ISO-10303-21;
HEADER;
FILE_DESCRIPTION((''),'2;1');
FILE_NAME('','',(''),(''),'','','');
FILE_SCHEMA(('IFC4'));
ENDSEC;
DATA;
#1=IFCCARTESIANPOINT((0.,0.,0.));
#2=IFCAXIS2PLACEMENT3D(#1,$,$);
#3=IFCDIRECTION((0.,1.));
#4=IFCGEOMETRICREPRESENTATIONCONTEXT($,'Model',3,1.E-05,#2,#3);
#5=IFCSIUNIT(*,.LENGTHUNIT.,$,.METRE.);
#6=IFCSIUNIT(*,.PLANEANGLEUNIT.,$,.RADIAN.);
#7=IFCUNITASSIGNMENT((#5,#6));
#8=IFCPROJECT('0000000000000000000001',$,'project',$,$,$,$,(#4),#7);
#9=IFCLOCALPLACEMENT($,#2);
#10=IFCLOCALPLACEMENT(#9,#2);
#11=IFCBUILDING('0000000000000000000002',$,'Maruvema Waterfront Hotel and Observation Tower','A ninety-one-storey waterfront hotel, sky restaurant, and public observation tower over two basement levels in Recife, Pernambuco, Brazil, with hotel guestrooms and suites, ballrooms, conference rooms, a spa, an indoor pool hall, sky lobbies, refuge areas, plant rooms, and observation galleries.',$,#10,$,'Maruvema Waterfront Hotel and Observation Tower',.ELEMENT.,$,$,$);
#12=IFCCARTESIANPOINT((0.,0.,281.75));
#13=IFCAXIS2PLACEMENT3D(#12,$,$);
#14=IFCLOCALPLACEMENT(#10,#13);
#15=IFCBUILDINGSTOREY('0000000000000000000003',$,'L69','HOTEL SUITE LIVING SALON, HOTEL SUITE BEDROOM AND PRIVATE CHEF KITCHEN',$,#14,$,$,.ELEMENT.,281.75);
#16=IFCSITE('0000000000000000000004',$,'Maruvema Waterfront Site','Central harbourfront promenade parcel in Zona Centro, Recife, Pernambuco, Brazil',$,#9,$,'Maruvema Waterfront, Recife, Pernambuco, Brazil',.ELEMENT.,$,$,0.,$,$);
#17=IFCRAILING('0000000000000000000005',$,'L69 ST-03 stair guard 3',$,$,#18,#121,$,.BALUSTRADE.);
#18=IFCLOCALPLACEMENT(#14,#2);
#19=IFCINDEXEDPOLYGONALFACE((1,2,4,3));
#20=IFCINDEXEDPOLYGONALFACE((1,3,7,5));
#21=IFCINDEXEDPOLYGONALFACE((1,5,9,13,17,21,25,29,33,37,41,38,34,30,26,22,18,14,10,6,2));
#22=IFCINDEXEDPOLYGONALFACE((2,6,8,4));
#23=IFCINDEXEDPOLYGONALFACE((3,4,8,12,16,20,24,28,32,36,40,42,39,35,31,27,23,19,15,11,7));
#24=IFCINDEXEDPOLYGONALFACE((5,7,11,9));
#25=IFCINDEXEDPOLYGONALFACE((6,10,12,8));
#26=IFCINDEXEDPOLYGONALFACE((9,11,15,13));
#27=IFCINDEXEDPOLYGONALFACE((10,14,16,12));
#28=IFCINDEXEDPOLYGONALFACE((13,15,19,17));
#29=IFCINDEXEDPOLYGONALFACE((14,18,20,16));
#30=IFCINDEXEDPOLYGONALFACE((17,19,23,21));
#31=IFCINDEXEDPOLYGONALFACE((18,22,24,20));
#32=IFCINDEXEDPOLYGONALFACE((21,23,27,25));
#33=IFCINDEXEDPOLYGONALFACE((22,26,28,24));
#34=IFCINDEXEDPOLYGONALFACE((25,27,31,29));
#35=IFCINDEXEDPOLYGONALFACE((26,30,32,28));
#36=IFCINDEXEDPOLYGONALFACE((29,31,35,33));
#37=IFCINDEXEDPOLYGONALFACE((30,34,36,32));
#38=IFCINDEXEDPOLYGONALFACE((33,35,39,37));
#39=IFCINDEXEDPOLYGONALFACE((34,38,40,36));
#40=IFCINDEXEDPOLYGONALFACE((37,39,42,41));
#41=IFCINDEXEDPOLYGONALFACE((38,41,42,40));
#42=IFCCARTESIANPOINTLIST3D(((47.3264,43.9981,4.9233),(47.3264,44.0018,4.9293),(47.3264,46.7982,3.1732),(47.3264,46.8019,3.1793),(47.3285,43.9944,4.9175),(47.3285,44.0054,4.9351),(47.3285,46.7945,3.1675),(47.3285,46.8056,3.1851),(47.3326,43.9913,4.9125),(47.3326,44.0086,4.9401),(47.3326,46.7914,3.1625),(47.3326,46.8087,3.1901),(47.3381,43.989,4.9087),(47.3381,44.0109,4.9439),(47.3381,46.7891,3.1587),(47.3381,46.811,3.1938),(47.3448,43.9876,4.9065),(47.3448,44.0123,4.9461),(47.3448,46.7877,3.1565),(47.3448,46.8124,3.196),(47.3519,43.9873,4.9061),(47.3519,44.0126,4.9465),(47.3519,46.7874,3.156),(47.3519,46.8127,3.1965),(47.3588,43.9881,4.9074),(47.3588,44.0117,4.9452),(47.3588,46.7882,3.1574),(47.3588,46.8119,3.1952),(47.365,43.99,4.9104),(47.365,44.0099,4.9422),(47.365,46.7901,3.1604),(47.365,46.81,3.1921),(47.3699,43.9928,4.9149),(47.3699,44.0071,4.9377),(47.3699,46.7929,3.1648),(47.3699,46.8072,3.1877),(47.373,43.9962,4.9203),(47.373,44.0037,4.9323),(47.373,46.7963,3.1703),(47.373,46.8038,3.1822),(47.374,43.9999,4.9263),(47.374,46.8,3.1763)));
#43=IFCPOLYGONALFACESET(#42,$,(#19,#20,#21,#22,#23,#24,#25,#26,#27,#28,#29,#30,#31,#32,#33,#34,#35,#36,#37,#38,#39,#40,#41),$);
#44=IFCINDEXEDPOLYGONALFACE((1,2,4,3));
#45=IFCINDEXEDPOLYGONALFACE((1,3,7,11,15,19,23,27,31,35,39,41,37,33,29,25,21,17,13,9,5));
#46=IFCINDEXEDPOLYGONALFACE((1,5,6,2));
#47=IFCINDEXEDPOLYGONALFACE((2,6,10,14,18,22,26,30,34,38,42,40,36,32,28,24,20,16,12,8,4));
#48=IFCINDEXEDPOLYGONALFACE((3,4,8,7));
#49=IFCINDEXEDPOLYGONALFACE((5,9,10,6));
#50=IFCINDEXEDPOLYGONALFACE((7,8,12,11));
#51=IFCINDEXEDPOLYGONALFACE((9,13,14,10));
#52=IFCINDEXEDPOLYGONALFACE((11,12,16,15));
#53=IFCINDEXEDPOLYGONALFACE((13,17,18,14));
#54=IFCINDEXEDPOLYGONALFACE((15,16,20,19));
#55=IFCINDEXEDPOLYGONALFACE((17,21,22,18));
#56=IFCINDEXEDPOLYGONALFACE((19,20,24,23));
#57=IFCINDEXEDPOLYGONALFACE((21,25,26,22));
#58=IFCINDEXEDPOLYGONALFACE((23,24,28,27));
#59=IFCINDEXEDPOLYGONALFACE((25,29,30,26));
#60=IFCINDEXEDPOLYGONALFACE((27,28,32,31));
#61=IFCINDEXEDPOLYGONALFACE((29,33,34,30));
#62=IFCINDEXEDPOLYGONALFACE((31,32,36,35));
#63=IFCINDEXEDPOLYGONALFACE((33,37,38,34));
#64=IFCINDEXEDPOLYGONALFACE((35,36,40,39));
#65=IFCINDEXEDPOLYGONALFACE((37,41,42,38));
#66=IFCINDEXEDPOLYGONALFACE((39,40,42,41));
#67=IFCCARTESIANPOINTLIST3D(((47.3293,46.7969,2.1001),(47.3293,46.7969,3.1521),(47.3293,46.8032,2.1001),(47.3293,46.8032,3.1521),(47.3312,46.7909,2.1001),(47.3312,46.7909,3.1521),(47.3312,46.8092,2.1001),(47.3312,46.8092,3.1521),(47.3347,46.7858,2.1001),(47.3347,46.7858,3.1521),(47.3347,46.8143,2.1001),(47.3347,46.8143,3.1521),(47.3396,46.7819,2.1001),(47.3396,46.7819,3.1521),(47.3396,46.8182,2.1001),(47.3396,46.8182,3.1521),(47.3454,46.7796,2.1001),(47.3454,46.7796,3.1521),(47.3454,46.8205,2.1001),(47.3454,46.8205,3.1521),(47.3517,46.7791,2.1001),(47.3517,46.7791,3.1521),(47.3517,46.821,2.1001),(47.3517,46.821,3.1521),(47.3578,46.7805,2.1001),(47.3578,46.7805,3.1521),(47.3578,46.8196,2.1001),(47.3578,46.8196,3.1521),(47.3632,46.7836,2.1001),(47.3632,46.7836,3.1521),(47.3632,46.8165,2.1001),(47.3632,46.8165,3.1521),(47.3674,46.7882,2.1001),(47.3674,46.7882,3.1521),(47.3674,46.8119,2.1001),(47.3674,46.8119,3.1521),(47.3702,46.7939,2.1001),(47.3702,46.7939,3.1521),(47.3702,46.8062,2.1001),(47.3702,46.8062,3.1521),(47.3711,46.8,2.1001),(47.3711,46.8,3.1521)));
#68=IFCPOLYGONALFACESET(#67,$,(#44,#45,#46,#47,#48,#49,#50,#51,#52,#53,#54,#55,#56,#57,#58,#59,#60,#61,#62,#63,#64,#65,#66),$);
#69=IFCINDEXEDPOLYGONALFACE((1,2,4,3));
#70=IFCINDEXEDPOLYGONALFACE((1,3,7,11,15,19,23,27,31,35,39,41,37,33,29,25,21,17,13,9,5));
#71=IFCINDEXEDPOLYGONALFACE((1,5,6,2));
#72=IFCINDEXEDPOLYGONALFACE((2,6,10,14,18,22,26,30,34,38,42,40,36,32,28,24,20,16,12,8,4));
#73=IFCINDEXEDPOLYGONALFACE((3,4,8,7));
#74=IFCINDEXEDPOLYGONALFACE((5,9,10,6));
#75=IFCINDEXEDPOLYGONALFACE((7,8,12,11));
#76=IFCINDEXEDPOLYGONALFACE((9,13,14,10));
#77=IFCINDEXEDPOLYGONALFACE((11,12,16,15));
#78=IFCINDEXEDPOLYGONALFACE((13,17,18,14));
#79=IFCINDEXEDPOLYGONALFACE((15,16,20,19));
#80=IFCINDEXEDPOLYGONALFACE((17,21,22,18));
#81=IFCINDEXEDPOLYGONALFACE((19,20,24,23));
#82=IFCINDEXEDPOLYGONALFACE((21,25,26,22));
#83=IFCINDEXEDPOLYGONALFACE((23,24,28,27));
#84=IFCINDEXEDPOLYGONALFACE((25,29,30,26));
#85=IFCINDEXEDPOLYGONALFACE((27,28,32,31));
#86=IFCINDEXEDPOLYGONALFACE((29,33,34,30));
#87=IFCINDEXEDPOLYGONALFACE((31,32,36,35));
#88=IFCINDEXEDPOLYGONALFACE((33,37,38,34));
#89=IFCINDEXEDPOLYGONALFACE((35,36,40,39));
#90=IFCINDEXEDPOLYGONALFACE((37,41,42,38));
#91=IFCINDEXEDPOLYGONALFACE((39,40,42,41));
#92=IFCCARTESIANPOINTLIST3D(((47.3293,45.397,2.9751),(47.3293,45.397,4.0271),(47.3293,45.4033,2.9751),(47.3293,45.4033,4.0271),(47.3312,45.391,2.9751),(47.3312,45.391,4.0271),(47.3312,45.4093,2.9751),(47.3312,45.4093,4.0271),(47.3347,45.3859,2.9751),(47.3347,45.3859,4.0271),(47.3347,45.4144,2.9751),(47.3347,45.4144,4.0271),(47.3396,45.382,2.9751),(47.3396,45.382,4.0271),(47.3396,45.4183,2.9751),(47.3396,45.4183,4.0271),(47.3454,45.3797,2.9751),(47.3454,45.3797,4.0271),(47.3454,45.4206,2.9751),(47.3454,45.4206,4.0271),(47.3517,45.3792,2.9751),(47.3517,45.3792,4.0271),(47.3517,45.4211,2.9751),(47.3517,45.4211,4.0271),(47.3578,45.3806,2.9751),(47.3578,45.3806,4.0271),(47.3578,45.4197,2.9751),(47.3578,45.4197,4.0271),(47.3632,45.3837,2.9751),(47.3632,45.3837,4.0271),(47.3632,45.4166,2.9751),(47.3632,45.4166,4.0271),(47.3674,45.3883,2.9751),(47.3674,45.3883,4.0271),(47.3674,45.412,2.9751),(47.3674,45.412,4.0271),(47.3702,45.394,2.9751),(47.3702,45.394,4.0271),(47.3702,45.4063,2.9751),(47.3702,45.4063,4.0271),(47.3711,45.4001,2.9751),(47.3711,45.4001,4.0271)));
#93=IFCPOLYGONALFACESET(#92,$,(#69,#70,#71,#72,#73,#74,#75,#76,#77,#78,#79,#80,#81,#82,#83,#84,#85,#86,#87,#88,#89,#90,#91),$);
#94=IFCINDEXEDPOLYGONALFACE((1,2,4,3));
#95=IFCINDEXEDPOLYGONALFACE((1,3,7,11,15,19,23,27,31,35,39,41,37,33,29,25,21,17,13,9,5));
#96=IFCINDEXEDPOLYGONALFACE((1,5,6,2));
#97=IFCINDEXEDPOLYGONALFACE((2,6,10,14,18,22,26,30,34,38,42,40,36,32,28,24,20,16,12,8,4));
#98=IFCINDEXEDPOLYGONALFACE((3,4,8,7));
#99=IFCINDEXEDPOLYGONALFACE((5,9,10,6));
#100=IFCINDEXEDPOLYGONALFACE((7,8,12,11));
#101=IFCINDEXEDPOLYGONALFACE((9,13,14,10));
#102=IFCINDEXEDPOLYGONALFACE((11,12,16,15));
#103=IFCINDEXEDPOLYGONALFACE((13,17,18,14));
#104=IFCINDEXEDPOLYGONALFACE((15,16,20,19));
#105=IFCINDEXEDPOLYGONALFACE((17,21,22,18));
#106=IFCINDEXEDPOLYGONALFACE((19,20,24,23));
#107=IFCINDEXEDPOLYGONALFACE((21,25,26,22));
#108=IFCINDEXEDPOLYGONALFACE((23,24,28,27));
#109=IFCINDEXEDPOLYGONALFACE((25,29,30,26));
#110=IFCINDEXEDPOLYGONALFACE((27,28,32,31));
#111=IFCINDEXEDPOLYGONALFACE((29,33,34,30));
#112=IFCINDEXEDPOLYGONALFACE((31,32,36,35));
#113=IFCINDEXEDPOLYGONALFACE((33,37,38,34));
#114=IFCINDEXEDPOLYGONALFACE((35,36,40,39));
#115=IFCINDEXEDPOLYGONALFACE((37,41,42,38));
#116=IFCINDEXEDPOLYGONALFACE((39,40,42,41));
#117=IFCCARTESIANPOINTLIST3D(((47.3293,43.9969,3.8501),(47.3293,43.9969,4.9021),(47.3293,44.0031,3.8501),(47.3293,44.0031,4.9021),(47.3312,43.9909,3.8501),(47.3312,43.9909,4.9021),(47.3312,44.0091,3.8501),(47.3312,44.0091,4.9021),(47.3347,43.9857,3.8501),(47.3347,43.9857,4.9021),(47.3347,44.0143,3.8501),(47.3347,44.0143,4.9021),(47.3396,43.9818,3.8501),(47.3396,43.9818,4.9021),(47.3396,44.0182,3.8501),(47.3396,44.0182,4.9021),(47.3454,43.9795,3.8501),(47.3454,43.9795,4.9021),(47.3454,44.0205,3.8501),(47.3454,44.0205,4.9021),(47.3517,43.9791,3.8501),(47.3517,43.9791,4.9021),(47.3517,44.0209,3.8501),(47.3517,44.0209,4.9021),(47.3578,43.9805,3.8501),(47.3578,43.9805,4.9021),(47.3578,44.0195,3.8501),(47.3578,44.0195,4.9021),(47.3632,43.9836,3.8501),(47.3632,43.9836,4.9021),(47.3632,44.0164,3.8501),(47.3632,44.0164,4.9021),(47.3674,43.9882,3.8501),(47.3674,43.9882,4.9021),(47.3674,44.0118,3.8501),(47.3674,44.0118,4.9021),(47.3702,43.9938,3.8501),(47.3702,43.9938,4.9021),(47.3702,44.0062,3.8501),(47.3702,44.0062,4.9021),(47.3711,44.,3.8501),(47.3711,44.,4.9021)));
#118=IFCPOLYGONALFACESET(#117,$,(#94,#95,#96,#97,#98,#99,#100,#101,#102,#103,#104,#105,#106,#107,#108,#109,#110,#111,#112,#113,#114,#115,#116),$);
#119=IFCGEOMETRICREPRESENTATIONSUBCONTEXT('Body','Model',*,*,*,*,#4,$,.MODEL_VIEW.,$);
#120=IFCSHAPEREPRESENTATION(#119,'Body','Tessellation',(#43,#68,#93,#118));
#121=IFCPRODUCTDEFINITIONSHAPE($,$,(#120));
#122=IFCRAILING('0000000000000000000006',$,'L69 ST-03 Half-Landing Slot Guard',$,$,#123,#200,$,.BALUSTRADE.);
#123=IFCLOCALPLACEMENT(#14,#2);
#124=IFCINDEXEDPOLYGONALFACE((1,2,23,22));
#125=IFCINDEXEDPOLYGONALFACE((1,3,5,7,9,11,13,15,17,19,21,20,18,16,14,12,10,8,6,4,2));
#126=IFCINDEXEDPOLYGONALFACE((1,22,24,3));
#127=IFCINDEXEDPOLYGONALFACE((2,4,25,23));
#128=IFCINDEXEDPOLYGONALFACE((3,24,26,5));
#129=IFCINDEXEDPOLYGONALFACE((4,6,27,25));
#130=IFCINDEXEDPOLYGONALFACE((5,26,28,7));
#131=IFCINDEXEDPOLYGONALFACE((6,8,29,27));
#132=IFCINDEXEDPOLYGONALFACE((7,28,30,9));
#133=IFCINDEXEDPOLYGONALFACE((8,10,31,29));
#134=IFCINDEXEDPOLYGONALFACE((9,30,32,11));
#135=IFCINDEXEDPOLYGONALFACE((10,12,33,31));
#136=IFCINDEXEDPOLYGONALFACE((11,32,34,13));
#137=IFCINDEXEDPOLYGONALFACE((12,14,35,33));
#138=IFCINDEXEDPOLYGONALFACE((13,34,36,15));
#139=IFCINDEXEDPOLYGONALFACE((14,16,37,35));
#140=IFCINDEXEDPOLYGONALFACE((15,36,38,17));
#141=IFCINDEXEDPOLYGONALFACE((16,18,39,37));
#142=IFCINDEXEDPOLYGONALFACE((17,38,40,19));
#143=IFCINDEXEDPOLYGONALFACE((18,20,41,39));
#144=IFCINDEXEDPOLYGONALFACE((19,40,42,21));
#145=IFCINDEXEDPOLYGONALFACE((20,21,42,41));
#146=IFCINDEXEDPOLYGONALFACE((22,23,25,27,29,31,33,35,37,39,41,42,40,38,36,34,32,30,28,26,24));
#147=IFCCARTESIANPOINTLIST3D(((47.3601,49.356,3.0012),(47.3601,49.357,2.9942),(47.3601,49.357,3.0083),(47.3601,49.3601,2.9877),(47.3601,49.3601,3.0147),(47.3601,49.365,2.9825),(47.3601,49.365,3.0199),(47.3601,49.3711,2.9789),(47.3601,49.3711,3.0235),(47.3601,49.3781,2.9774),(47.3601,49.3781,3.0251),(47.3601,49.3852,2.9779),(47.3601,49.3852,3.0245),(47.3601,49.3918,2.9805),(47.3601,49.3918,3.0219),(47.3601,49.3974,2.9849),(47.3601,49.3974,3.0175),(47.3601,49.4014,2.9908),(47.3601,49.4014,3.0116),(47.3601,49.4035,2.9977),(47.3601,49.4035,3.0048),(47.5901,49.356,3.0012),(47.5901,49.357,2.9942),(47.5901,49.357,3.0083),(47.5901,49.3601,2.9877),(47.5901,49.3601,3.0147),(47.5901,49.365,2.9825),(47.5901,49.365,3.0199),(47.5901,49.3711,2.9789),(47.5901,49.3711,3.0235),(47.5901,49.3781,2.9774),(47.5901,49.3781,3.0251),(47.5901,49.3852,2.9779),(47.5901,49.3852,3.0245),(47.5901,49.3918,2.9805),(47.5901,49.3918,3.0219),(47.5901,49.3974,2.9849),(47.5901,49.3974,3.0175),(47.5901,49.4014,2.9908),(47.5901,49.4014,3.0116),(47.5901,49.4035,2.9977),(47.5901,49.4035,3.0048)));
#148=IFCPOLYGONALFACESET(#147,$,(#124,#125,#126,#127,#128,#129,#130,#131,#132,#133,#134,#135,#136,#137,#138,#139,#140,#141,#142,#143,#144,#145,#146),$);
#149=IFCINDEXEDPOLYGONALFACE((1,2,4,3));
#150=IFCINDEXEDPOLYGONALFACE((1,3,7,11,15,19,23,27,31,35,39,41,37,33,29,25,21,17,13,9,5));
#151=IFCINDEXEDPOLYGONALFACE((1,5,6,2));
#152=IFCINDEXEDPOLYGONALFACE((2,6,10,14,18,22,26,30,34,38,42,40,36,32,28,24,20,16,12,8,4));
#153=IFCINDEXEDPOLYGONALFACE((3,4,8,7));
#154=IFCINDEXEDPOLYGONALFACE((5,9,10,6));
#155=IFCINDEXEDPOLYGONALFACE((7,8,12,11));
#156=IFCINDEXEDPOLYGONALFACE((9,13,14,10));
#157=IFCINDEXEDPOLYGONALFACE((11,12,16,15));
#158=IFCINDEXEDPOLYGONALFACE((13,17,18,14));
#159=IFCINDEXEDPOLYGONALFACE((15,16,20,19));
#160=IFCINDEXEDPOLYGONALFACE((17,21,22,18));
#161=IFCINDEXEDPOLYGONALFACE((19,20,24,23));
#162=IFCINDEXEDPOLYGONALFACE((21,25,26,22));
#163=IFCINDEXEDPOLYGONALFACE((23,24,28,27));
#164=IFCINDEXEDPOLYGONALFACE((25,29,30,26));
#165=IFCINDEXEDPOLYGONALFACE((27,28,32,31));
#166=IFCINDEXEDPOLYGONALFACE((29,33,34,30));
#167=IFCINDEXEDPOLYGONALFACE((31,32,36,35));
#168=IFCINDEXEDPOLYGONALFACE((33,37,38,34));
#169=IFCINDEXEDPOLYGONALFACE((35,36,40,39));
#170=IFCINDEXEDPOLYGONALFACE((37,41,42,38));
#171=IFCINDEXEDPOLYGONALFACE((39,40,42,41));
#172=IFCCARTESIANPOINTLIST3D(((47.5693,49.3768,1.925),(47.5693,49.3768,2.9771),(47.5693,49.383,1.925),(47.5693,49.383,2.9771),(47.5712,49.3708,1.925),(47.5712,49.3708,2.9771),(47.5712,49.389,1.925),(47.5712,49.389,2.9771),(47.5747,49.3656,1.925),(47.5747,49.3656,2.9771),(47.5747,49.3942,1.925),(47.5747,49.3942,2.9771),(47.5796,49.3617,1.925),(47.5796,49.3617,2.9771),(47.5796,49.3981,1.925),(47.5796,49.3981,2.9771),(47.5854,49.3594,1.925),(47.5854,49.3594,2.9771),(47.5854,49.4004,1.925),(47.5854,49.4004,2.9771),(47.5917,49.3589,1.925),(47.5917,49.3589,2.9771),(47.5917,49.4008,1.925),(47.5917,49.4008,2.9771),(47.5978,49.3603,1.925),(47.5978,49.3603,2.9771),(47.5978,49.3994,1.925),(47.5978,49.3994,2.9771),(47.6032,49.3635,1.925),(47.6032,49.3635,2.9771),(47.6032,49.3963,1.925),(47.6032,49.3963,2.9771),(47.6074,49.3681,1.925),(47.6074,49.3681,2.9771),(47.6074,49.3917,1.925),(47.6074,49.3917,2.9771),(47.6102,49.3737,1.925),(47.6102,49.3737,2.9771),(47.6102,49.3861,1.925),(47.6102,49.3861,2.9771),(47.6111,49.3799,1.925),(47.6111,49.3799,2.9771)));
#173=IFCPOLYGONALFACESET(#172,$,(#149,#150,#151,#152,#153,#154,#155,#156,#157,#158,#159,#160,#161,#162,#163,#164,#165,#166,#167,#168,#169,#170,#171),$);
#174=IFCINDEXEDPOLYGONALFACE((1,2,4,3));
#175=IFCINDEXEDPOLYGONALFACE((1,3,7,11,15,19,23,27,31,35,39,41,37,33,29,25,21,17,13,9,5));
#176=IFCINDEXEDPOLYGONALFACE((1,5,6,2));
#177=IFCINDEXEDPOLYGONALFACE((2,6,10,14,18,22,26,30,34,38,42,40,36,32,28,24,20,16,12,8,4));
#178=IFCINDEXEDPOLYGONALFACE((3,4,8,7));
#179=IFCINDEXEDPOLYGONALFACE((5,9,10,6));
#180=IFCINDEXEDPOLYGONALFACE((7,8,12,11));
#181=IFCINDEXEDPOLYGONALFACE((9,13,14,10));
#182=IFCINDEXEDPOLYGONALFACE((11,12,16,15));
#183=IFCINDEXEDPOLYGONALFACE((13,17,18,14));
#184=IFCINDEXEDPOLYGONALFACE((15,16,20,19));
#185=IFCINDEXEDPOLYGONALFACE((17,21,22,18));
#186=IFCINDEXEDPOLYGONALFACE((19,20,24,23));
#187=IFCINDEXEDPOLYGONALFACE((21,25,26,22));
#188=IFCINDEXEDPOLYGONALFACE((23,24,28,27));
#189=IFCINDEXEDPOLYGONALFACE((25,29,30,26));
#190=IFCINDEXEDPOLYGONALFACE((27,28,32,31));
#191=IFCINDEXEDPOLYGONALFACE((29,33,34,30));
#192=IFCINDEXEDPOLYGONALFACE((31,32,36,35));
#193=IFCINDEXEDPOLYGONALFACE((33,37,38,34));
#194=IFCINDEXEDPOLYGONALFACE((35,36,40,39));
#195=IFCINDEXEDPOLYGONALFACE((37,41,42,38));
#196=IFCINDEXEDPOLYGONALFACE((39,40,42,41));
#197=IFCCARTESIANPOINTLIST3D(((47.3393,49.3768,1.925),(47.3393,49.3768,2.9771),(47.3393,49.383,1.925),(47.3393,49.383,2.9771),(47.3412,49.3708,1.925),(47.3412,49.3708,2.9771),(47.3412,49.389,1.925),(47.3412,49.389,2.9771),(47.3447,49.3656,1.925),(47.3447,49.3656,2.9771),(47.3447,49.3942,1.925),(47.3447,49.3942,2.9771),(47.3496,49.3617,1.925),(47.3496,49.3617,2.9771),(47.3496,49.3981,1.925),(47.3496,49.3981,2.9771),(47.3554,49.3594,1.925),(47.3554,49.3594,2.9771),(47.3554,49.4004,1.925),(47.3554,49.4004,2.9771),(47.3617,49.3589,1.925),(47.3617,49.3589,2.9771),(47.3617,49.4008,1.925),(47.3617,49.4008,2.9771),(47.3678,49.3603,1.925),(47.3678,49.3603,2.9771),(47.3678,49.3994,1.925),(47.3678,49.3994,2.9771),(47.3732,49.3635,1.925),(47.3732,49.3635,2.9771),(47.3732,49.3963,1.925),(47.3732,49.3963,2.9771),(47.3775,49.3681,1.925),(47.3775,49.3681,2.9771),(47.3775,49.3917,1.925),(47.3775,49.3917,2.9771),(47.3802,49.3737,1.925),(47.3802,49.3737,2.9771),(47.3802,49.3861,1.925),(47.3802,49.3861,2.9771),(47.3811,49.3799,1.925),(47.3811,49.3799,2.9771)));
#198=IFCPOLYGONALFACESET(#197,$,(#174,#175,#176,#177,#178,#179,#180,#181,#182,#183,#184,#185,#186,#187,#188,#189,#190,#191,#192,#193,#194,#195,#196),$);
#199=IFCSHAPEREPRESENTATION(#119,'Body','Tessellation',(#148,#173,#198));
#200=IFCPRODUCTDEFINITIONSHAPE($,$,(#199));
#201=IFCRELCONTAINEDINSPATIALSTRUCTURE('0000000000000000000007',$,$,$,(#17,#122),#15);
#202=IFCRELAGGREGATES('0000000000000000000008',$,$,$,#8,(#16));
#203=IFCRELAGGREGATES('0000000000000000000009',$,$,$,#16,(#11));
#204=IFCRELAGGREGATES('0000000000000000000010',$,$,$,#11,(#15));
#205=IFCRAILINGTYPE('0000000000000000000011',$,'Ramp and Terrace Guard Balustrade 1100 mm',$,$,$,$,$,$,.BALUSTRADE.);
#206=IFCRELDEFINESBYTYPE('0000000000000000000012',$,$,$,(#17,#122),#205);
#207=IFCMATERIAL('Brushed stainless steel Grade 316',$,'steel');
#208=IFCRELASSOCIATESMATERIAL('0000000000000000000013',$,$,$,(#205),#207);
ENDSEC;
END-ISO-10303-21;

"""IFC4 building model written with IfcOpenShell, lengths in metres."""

from ifc_helpers import new_model, si_unit, direction, frame, origin, origin_2d, place, context, subcontext, project, spatial, circle, extrude, material, type_object, element, save


model = new_model("IFC4")

# Units and contexts
model_context = context("Model", 3, precision=1e-05, world=origin(), true_north=direction((0.0, 1.0)))
body_context = subcontext(model_context, "Body", "Model", "MODEL_VIEW")
ifc_project = project(units=[si_unit("LENGTHUNIT", "METRE"), si_unit("PLANEANGLEUNIT", "RADIAN")], contexts=[model_context])

# Site, building, storey
site_placement = place(None, origin())
site = spatial("IfcSite", under=ifc_project, at=site_placement, Name="Maruvema Waterfront Site", Description="Central harbourfront promenade parcel in Zona Centro, Recife, Pernambuco, Brazil", LongName="Maruvema Waterfront, Recife, Pernambuco, Brazil", CompositionType="ELEMENT", RefElevation=0.0)
building_placement = place(site_placement, origin())
building = spatial("IfcBuilding", under=site, at=building_placement, Name="Maruvema Waterfront Hotel and Observation Tower", Description="A ninety-one-storey waterfront hotel, sky restaurant, and public observation tower over two basement levels in Recife, Pernambuco, Brazil, with hotel guestrooms and suites, ballrooms, conference rooms, a spa, an indoor pool hall, sky lobbies, refuge areas, plant rooms, and observation galleries.", LongName="Maruvema Waterfront Hotel and Observation Tower", CompositionType="ELEMENT")
storey_placement = place(building_placement, frame((0.0, 0.0, 281.75)))
storey = spatial("IfcBuildingStorey", under=building, at=storey_placement, Name="L69", Description="HOTEL SUITE LIVING SALON, HOTEL SUITE BEDROOM AND PRIVATE CHEF KITCHEN", CompositionType="ELEMENT", Elevation=281.75)

# Railings
ifc_material_1 = material(Name="Brushed stainless steel Grade 316", Category="steel")
railing_type_1 = type_object("IfcRailingType", Name="Ramp and Terrace Guard Balustrade 1100 mm", PredefinedType="BALUSTRADE", material=ifc_material_1)
railing_1_placement = place(storey_placement, frame((47.3501, 46.8, 2.1001)))
element("IfcRailing", 1, at=railing_1_placement, inside=storey, type_object=railing_type_1, Name="L69 ST-03 stair guard 3", PredefinedType="BALUSTRADE", context=body_context, shape_type="SweptSolid", body=[
    extrude(circle(Radius=0.0239, at=origin_2d()), frame((0.0, 0.0, 1.0762), z_axis=(0.0, -0.848002, 0.529992), x_axis=(1.0, 0.0, 0.0)), (0.0, 0.0, 1.0), 3.302),
    extrude(circle(Radius=0.021, at=origin_2d()), origin(), (0.0, 0.0, 1.0), 1.052),
    extrude(circle(Radius=0.021, at=origin_2d()), frame((0.0, -1.3999, 0.875)), (0.0, 0.0, 1.0), 1.052),
    extrude(circle(Radius=0.021, at=origin_2d()), frame((0.0, -2.8, 1.75)), (0.0, 0.0, 1.0), 1.052),
])
railing_2_placement = place(storey_placement, frame((47.5901, 49.3799, 1.925)))
element("IfcRailing", 2, at=railing_2_placement, inside=storey, type_object=railing_type_1, Name="L69 ST-03 Half-Landing Slot Guard", PredefinedType="BALUSTRADE", context=body_context, shape_type="SweptSolid", body=[
    extrude(circle(Radius=0.0239, at=origin_2d()), frame((0.0, 0.0, 1.0762), z_axis=(-1.0, 0.0, 0.0), x_axis=(0.0, -1.0, 0.0)), (0.0, 0.0, 1.0), 0.23),
    extrude(circle(Radius=0.021, at=origin_2d()), origin(), (0.0, 0.0, 1.0), 1.052),
    extrude(circle(Radius=0.021, at=origin_2d()), frame((-0.23, 0.0, 0.0)), (0.0, 0.0, 1.0), 1.052),
])

save(model, "model.ifc")
